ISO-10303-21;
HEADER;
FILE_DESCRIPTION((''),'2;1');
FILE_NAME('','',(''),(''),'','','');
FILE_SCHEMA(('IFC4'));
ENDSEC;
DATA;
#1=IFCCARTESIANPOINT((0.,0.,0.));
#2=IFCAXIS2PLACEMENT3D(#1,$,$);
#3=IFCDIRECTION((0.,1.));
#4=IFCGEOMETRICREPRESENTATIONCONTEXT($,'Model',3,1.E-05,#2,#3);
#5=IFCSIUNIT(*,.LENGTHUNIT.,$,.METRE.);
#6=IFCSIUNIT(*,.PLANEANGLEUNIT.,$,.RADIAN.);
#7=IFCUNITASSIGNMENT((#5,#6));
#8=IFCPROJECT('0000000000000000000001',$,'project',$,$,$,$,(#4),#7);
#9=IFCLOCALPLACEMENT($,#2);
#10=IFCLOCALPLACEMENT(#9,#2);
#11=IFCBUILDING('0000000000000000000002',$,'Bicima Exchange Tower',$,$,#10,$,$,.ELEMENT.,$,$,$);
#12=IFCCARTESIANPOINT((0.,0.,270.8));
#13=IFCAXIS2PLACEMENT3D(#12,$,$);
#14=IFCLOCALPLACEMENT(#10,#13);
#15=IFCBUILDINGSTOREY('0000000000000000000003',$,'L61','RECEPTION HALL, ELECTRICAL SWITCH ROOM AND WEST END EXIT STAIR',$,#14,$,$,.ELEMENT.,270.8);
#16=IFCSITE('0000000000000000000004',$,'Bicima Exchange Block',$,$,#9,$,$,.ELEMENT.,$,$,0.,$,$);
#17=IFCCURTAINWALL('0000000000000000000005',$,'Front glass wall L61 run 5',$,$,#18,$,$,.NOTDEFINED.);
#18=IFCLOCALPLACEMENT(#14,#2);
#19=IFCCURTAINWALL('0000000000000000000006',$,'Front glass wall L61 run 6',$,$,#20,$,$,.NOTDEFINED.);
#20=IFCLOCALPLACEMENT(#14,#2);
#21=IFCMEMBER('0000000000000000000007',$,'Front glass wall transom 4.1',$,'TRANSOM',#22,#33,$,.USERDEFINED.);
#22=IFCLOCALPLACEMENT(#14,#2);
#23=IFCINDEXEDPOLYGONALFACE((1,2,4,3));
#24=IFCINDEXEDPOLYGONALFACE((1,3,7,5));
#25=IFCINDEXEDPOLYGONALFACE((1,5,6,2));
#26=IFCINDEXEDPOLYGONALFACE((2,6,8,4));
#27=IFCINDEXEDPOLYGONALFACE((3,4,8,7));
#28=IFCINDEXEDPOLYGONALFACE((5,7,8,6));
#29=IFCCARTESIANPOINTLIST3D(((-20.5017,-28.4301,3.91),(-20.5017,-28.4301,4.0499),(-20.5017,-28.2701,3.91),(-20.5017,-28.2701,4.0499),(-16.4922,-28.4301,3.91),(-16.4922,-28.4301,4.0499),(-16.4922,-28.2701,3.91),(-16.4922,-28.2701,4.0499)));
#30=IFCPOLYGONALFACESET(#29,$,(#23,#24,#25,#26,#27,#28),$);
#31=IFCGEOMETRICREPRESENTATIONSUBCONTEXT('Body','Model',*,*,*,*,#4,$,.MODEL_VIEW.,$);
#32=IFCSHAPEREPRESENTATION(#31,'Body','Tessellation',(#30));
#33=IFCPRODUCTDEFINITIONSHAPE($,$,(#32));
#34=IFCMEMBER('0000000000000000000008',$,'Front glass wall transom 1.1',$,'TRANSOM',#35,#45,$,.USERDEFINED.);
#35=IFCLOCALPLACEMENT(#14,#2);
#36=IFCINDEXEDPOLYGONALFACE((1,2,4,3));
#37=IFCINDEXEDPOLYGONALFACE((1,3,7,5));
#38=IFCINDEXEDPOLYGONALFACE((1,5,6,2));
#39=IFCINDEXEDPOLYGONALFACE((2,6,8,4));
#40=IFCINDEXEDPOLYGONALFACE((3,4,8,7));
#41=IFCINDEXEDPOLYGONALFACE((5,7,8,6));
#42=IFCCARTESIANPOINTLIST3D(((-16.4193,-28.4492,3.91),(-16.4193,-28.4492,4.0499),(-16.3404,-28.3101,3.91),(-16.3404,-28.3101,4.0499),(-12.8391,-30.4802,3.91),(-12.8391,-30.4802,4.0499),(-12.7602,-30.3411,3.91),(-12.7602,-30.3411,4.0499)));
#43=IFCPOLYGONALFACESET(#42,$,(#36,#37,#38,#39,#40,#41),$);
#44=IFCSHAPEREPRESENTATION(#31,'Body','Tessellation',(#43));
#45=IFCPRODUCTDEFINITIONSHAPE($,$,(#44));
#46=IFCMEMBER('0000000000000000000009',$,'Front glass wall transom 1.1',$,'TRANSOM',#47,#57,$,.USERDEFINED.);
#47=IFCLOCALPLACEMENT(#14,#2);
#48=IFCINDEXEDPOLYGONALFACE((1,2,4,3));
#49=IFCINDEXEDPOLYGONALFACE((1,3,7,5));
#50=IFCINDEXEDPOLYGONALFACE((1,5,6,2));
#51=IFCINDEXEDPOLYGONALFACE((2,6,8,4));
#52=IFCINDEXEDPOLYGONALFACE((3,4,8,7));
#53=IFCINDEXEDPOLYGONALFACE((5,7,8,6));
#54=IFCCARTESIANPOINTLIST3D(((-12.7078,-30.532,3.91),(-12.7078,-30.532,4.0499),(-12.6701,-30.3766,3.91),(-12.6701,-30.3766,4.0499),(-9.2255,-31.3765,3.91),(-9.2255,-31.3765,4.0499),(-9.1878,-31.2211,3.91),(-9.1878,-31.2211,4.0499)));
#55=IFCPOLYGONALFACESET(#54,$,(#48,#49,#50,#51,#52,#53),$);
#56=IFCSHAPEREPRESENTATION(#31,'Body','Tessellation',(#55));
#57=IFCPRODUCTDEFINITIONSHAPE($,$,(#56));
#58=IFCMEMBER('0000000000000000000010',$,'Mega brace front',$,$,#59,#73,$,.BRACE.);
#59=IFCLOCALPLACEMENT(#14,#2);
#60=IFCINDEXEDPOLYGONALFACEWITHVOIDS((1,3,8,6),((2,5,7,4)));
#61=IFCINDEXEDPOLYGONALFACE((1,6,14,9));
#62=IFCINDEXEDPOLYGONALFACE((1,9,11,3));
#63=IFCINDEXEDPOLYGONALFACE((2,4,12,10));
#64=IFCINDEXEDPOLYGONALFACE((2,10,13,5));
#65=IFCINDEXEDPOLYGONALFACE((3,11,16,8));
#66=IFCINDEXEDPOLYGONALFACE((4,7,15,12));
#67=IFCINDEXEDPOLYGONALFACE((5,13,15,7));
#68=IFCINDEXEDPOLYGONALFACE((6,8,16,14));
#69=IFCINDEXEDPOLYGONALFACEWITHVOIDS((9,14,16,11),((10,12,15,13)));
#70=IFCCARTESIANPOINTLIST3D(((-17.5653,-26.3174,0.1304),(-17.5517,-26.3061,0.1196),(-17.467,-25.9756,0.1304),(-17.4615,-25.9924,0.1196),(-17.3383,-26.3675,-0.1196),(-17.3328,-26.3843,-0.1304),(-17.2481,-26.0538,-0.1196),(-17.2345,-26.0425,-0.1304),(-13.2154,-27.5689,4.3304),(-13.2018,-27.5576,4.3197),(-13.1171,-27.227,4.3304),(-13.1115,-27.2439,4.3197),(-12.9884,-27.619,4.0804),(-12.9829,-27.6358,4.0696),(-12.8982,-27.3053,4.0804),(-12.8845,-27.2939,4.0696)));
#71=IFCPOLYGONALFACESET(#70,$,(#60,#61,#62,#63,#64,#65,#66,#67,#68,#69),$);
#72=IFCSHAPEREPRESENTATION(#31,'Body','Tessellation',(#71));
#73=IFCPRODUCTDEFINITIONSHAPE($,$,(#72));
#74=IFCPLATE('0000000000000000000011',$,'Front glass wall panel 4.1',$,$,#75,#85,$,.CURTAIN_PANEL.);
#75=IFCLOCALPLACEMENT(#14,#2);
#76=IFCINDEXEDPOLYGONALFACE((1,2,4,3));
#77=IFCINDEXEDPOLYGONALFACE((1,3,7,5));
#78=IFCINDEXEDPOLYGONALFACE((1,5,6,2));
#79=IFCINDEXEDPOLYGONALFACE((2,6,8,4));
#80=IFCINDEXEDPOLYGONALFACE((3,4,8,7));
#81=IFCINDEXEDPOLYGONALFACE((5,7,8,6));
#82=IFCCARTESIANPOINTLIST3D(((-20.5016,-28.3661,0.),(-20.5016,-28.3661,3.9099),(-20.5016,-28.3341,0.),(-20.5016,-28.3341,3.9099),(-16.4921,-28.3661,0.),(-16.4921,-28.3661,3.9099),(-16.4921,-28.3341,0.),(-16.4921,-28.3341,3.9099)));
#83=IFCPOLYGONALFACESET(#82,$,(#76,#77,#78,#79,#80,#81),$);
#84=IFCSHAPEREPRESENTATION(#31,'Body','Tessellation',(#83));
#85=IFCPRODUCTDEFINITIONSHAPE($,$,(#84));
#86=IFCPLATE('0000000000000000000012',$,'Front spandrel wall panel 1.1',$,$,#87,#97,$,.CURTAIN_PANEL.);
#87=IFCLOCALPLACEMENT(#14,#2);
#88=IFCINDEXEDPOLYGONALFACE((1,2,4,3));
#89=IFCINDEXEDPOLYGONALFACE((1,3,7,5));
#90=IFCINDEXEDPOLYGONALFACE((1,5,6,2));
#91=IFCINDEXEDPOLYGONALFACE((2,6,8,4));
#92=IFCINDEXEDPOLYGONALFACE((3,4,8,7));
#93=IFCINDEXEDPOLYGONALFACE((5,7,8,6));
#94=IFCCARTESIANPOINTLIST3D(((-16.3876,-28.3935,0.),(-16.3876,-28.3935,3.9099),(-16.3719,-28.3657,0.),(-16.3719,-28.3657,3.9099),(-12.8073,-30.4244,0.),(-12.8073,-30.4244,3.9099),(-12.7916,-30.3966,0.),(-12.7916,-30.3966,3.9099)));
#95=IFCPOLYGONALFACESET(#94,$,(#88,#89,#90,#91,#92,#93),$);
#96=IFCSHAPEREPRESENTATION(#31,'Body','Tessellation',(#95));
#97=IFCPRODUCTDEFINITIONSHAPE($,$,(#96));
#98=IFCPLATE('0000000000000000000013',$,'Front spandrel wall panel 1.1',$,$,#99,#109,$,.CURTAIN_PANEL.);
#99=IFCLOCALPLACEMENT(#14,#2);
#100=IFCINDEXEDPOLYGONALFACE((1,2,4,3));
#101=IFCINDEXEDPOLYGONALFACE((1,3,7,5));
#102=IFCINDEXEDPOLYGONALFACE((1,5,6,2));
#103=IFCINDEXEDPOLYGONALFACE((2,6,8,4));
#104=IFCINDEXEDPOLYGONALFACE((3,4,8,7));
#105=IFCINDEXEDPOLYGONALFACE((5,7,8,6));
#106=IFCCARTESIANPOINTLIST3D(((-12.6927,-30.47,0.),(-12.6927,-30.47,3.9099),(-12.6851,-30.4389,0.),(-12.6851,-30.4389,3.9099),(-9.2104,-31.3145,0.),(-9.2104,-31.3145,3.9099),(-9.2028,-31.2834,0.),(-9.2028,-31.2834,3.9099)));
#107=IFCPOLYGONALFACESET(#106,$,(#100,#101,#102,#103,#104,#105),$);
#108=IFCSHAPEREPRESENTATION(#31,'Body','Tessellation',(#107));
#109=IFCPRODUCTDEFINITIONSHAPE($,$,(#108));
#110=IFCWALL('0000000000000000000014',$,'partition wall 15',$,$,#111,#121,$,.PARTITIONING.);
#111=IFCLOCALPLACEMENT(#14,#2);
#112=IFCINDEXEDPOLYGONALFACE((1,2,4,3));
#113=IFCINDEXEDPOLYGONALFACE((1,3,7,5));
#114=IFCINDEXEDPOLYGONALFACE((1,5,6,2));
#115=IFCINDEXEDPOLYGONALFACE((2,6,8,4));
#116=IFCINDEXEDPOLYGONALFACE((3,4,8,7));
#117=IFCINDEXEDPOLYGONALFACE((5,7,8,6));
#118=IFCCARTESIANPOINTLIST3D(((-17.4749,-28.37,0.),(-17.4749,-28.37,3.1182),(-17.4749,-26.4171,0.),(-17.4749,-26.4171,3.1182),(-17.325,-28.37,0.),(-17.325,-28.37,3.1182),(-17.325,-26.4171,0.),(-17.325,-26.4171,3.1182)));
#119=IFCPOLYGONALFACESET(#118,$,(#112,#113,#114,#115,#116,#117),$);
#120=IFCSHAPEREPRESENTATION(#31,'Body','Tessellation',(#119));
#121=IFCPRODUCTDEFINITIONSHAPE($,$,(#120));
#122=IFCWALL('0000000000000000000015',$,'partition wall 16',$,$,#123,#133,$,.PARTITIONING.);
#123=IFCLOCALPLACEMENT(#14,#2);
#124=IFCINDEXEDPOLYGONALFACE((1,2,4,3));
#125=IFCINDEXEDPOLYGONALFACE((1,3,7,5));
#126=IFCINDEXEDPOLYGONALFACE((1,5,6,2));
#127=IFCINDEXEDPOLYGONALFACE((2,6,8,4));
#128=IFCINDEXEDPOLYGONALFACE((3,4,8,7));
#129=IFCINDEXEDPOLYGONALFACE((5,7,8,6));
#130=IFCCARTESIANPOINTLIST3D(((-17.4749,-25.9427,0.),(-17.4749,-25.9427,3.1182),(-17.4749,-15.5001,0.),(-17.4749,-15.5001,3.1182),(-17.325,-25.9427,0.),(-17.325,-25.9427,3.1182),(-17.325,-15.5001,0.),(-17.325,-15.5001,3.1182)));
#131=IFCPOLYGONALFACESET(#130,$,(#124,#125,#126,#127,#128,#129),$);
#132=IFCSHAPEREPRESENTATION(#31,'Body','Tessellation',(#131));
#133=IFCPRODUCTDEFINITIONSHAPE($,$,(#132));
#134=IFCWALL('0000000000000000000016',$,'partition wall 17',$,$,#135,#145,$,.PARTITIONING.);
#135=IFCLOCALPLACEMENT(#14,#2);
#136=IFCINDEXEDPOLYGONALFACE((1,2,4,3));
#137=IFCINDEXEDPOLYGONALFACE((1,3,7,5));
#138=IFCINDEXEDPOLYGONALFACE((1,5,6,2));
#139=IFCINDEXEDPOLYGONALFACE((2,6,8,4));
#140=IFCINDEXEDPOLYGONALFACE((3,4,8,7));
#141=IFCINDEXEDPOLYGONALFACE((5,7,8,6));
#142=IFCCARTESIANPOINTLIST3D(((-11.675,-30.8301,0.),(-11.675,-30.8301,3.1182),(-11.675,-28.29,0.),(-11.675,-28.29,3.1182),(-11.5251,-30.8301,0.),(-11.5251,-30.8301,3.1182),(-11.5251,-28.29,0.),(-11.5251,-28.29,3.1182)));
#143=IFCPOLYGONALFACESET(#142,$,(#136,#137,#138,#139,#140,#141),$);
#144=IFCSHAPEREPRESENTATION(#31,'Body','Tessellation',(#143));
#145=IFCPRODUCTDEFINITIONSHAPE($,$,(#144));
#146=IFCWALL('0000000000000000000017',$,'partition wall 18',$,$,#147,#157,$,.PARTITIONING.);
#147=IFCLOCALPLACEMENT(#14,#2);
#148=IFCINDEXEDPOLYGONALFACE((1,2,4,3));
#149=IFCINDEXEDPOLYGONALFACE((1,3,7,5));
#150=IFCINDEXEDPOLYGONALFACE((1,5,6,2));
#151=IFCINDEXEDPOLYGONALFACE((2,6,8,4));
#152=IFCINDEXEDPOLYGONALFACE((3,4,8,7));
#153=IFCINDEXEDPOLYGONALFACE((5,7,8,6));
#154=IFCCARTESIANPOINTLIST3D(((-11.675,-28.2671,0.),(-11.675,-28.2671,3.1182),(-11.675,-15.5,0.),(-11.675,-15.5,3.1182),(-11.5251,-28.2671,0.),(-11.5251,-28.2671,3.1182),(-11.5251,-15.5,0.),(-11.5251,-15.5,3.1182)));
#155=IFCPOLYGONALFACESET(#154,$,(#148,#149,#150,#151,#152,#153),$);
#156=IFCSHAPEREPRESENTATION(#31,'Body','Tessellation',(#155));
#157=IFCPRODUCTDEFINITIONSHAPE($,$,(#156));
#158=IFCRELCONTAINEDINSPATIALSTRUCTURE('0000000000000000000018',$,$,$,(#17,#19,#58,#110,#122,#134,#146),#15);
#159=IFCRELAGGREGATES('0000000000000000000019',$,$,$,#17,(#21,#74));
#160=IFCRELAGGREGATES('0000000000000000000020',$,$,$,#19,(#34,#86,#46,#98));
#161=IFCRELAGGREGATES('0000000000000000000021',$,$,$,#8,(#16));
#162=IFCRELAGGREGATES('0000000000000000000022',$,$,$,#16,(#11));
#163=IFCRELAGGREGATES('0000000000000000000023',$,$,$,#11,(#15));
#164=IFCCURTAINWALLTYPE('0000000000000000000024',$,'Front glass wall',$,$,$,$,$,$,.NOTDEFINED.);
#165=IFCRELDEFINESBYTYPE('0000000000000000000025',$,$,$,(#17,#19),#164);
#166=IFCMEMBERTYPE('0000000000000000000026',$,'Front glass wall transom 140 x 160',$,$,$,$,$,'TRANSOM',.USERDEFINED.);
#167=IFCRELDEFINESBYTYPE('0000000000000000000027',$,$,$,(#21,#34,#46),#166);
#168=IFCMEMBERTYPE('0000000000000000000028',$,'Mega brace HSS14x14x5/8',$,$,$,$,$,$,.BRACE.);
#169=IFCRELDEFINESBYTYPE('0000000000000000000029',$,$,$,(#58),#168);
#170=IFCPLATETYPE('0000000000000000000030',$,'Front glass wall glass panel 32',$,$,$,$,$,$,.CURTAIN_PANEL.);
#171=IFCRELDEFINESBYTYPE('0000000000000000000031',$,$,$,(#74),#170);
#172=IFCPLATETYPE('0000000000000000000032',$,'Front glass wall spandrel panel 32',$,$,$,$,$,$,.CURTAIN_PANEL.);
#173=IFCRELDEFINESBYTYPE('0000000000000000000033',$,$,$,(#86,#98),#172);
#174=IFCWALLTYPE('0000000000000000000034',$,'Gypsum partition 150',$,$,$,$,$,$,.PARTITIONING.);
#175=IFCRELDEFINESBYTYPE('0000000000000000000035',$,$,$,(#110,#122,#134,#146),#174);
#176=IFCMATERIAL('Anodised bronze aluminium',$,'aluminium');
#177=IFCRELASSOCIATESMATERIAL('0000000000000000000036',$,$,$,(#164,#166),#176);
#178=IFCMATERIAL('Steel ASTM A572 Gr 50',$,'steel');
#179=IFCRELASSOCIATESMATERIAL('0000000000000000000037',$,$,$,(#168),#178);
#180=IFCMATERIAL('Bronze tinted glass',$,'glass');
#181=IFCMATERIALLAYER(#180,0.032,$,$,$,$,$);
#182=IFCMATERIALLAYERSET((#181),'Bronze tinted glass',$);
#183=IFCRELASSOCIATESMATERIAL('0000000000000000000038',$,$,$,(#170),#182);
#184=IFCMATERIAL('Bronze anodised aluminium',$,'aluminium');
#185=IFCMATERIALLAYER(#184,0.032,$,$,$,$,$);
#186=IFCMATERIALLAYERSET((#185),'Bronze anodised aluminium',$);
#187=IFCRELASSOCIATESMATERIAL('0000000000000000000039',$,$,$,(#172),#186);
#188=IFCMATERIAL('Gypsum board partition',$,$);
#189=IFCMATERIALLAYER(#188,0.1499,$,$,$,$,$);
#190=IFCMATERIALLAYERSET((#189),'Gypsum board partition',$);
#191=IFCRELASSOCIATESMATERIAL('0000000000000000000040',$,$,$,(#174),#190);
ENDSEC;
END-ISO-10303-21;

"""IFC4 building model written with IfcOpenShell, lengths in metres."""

from ifc_helpers import new_model, si_unit, direction, frame, frame_2d, origin, origin_2d, place, context, subcontext, project, spatial, rectangle, hollow_rectangle, extrude, material, layer, layer_set, material_profile, profile_set, type_object, element, aggregate, save


model = new_model("IFC4")

# Units and contexts
model_context = context("Model", 3, precision=1e-05, world=origin(), true_north=direction((0.0, 1.0)))
body_context = subcontext(model_context, "Body", "Model", "MODEL_VIEW")
ifc_project = project(units=[si_unit("LENGTHUNIT", "METRE"), si_unit("PLANEANGLEUNIT", "RADIAN")], contexts=[model_context])

# Site, building, storey
site_placement = place(None, origin())
site = spatial("IfcSite", under=ifc_project, at=site_placement, Name="Bicima Exchange Block", CompositionType="ELEMENT", RefElevation=0.0)
building_placement = place(site_placement, origin())
building = spatial("IfcBuilding", under=site, at=building_placement, Name="Bicima Exchange Tower", CompositionType="ELEMENT")
storey_placement = place(building_placement, frame((0.0, 0.0, 270.8)))
storey = spatial("IfcBuildingStorey", under=building, at=storey_placement, Name="L61", Description="RECEPTION HALL, ELECTRICAL SWITCH ROOM AND WEST END EXIT STAIR", CompositionType="ELEMENT", Elevation=270.8)

# Shared definitions
ifc_material_1 = material(Name="Steel ASTM A572 Gr 50", Category="steel")

# Curtain walls
ifc_material_2 = material(Name="Anodised bronze aluminium", Category="aluminium")
curtain_wall_type = type_object("IfcCurtainWallType", Name="Front glass wall", PredefinedType="NOTDEFINED", material=ifc_material_2)
curtain_wall_1_placement = place(storey_placement, origin())
curtain_wall_1 = element("IfcCurtainWall", 1, at=curtain_wall_1_placement, inside=storey, type_object=curtain_wall_type, Name="Front glass wall L61 run 5", PredefinedType="NOTDEFINED")
curtain_wall_2_placement = place(storey_placement, origin())
curtain_wall_2 = element("IfcCurtainWall", 2, at=curtain_wall_2_placement, inside=storey, type_object=curtain_wall_type, Name="Front glass wall L61 run 6", PredefinedType="NOTDEFINED")

# Members
ifc_material_profile_1 = material_profile(ifc_material_2, rectangle(XDim=0.1599, YDim=0.1399, at=origin_2d()))
ifc_profile_set_1 = profile_set([ifc_material_profile_1], Name="Anodised bronze aluminium")
member_type_1 = type_object("IfcMemberType", Name="Front glass wall transom 140 x 160", ElementType="TRANSOM", PredefinedType="USERDEFINED", material=ifc_profile_set_1)
member_1_placement = place(storey_placement, frame((-20.5017, -28.3501, 3.98), z_axis=(1.0, 0.0, 0.0), x_axis=(0.0, 1.0, 0.0)))
member_1 = element("IfcMember", 3, at=member_1_placement, type_object=member_type_1, Name="Front glass wall transom 4.1", ObjectType="TRANSOM", PredefinedType="USERDEFINED", context=body_context, shape_type="SweptSolid", body=[
    extrude(rectangle(XDim=0.1599, YDim=0.1399, at=origin_2d()), origin(), (0.0, 0.0, 1.0), 4.0095),
])
member_2_placement = place(storey_placement, frame((-16.3799, -28.3796, 3.98), z_axis=(0.869797, -0.493409, 0.0), x_axis=(0.493409, 0.869797, 0.0)))
member_2 = element("IfcMember", 4, at=member_2_placement, type_object=member_type_1, Name="Front glass wall transom 1.1", ObjectType="TRANSOM", PredefinedType="USERDEFINED", context=body_context, shape_type="SweptSolid", body=[
    extrude(rectangle(XDim=0.1599, YDim=0.1399, at=origin_2d()), origin(), (0.0, 0.0, 1.0), 4.1162),
])
member_3_placement = place(storey_placement, frame((-12.689, -30.4543, 3.98), z_axis=(0.971834, -0.235668, 0.0), x_axis=(0.235668, 0.971834, 0.0)))
member_3 = element("IfcMember", 5, at=member_3_placement, type_object=member_type_1, Name="Front glass wall transom 1.1", ObjectType="TRANSOM", PredefinedType="USERDEFINED", context=body_context, shape_type="SweptSolid", body=[
    extrude(rectangle(XDim=0.1599, YDim=0.1399, at=origin_2d()), origin(), (0.0, 0.0, 1.0), 3.5833),
])
ifc_material_profile_2 = material_profile(ifc_material_1, hollow_rectangle(XDim=0.3557, YDim=0.3557, WallThickness=0.0146, at=origin_2d()))
ifc_profile_set_2 = profile_set([ifc_material_profile_2], Name="Steel ASTM A572 Gr 50")
member_type_2 = type_object("IfcMemberType", Name="Mega brace HSS14x14x5/8", PredefinedType="BRACE", material=ifc_profile_set_2)
member_4_placement = place(storey_placement, frame((-17.3999, -26.1799, 0.0), z_axis=(0.704463, -0.202676, 0.680187), x_axis=(0.276487, 0.961018, 0.0)))
element("IfcMember", 6, at=member_4_placement, inside=storey, type_object=member_type_2, Name="Mega brace front", PredefinedType="BRACE", context=body_context, shape_type="SweptSolid", body=[
    extrude(hollow_rectangle(XDim=0.3557, YDim=0.3557, WallThickness=0.0146, at=origin_2d()), origin(), (0.0, 0.0, 1.0), 6.1748),
])

# Plates
ifc_material_3 = material(Name="Bronze tinted glass", Category="glass")
ifc_layer_1 = layer(ifc_material_3, 0.032)
ifc_layer_set_1 = layer_set([ifc_layer_1], Name="Bronze tinted glass")
plate_type_1 = type_object("IfcPlateType", Name="Front glass wall glass panel 32", PredefinedType="CURTAIN_PANEL", material=ifc_layer_set_1)
plate_1_placement = place(storey_placement, frame((-18.4968, -28.3501, 0.0), z_axis=(0.0, 0.0, 1.0), x_axis=(1.0, 0.0, 0.0)))
plate_1 = element("IfcPlate", 7, at=plate_1_placement, type_object=plate_type_1, Name="Front glass wall panel 4.1", PredefinedType="CURTAIN_PANEL", context=body_context, shape_type="SweptSolid", body=[
    extrude(rectangle(XDim=4.0095, YDim=0.032, at=origin_2d()), origin(), (0.0, 0.0, 1.0), 3.9099),
])
aggregate(curtain_wall_1, [member_1, plate_1])
ifc_material_4 = material(Name="Bronze anodised aluminium", Category="aluminium")
ifc_layer_2 = layer(ifc_material_4, 0.032)
ifc_layer_set_2 = layer_set([ifc_layer_2], Name="Bronze anodised aluminium")
plate_type_2 = type_object("IfcPlateType", Name="Front glass wall spandrel panel 32", PredefinedType="CURTAIN_PANEL", material=ifc_layer_set_2)
plate_2_placement = place(storey_placement, frame((-14.5896, -29.395, 0.0), z_axis=(0.0, 0.0, 1.0), x_axis=(0.869805, -0.493395, 0.0)))
plate_2 = element("IfcPlate", 8, at=plate_2_placement, type_object=plate_type_2, Name="Front spandrel wall panel 1.1", PredefinedType="CURTAIN_PANEL", context=body_context, shape_type="SweptSolid", body=[
    extrude(rectangle(XDim=4.1162, YDim=0.032, at=origin_2d()), origin(), (0.0, 0.0, 1.0), 3.9099),
])
plate_3_placement = place(storey_placement, frame((-10.9478, -30.8767, 0.0), z_axis=(0.0, 0.0, 1.0), x_axis=(0.97183, -0.235682, 0.0)))
plate_3 = element("IfcPlate", 9, at=plate_3_placement, type_object=plate_type_2, Name="Front spandrel wall panel 1.1", PredefinedType="CURTAIN_PANEL", context=body_context, shape_type="SweptSolid", body=[
    extrude(rectangle(XDim=3.5833, YDim=0.032, at=origin_2d()), origin(), (0.0, 0.0, 1.0), 3.9099),
])
aggregate(curtain_wall_2, [member_2, plate_2, member_3, plate_3])

# Walls
ifc_material_5 = material(Name="Gypsum board partition")
ifc_layer_3 = layer(ifc_material_5, 0.1499)
ifc_layer_set_3 = layer_set([ifc_layer_3], Name="Gypsum board partition")
wall_type = type_object("IfcWallType", Name="Gypsum partition 150", PredefinedType="PARTITIONING", material=ifc_layer_set_3)
wall_1_placement = place(storey_placement, frame((-17.3999, -28.3701, 0.0), z_axis=(0.0, 0.0, 1.0), x_axis=(0.0, 1.0, 0.0)))
element("IfcWall", 10, at=wall_1_placement, inside=storey, type_object=wall_type, Name="partition wall 15", PredefinedType="PARTITIONING", context=body_context, shape_type="SweptSolid", body=[
    extrude(rectangle(XDim=1.9529, YDim=0.1499, at=frame_2d((0.9766, 0.0))), origin(), (0.0, 0.0, 1.0), 3.1182),
])
wall_2_placement = place(storey_placement, frame((-17.3999, -25.9426, 0.0), z_axis=(0.0, 0.0, 1.0), x_axis=(0.0, 1.0, 0.0)))
element("IfcWall", 11, at=wall_2_placement, inside=storey, type_object=wall_type, Name="partition wall 16", PredefinedType="PARTITIONING", context=body_context, shape_type="SweptSolid", body=[
    extrude(rectangle(XDim=10.4426, YDim=0.1499, at=frame_2d((5.2212, 0.0))), origin(), (0.0, 0.0, 1.0), 3.1182),
])
wall_3_placement = place(storey_placement, frame((-11.6001, -30.8301, 0.0), z_axis=(0.0, 0.0, 1.0), x_axis=(0.0, 1.0, 0.0)))
element("IfcWall", 12, at=wall_3_placement, inside=storey, type_object=wall_type, Name="partition wall 17", PredefinedType="PARTITIONING", context=body_context, shape_type="SweptSolid", body=[
    extrude(rectangle(XDim=2.54, YDim=0.1499, at=frame_2d((1.27, 0.0))), origin(), (0.0, 0.0, 1.0), 3.1182),
])
wall_4_placement = place(storey_placement, frame((-11.6001, -28.2671, 0.0), z_axis=(0.0, 0.0, 1.0), x_axis=(0.0, 1.0, 0.0)))
element("IfcWall", 13, at=wall_4_placement, inside=storey, type_object=wall_type, Name="partition wall 18", PredefinedType="PARTITIONING", context=body_context, shape_type="SweptSolid", body=[
    extrude(rectangle(XDim=12.7671, YDim=0.1499, at=frame_2d((6.3835, 0.0))), origin(), (0.0, 0.0, 1.0), 3.1182),
])

save(model, "model.ifc")
